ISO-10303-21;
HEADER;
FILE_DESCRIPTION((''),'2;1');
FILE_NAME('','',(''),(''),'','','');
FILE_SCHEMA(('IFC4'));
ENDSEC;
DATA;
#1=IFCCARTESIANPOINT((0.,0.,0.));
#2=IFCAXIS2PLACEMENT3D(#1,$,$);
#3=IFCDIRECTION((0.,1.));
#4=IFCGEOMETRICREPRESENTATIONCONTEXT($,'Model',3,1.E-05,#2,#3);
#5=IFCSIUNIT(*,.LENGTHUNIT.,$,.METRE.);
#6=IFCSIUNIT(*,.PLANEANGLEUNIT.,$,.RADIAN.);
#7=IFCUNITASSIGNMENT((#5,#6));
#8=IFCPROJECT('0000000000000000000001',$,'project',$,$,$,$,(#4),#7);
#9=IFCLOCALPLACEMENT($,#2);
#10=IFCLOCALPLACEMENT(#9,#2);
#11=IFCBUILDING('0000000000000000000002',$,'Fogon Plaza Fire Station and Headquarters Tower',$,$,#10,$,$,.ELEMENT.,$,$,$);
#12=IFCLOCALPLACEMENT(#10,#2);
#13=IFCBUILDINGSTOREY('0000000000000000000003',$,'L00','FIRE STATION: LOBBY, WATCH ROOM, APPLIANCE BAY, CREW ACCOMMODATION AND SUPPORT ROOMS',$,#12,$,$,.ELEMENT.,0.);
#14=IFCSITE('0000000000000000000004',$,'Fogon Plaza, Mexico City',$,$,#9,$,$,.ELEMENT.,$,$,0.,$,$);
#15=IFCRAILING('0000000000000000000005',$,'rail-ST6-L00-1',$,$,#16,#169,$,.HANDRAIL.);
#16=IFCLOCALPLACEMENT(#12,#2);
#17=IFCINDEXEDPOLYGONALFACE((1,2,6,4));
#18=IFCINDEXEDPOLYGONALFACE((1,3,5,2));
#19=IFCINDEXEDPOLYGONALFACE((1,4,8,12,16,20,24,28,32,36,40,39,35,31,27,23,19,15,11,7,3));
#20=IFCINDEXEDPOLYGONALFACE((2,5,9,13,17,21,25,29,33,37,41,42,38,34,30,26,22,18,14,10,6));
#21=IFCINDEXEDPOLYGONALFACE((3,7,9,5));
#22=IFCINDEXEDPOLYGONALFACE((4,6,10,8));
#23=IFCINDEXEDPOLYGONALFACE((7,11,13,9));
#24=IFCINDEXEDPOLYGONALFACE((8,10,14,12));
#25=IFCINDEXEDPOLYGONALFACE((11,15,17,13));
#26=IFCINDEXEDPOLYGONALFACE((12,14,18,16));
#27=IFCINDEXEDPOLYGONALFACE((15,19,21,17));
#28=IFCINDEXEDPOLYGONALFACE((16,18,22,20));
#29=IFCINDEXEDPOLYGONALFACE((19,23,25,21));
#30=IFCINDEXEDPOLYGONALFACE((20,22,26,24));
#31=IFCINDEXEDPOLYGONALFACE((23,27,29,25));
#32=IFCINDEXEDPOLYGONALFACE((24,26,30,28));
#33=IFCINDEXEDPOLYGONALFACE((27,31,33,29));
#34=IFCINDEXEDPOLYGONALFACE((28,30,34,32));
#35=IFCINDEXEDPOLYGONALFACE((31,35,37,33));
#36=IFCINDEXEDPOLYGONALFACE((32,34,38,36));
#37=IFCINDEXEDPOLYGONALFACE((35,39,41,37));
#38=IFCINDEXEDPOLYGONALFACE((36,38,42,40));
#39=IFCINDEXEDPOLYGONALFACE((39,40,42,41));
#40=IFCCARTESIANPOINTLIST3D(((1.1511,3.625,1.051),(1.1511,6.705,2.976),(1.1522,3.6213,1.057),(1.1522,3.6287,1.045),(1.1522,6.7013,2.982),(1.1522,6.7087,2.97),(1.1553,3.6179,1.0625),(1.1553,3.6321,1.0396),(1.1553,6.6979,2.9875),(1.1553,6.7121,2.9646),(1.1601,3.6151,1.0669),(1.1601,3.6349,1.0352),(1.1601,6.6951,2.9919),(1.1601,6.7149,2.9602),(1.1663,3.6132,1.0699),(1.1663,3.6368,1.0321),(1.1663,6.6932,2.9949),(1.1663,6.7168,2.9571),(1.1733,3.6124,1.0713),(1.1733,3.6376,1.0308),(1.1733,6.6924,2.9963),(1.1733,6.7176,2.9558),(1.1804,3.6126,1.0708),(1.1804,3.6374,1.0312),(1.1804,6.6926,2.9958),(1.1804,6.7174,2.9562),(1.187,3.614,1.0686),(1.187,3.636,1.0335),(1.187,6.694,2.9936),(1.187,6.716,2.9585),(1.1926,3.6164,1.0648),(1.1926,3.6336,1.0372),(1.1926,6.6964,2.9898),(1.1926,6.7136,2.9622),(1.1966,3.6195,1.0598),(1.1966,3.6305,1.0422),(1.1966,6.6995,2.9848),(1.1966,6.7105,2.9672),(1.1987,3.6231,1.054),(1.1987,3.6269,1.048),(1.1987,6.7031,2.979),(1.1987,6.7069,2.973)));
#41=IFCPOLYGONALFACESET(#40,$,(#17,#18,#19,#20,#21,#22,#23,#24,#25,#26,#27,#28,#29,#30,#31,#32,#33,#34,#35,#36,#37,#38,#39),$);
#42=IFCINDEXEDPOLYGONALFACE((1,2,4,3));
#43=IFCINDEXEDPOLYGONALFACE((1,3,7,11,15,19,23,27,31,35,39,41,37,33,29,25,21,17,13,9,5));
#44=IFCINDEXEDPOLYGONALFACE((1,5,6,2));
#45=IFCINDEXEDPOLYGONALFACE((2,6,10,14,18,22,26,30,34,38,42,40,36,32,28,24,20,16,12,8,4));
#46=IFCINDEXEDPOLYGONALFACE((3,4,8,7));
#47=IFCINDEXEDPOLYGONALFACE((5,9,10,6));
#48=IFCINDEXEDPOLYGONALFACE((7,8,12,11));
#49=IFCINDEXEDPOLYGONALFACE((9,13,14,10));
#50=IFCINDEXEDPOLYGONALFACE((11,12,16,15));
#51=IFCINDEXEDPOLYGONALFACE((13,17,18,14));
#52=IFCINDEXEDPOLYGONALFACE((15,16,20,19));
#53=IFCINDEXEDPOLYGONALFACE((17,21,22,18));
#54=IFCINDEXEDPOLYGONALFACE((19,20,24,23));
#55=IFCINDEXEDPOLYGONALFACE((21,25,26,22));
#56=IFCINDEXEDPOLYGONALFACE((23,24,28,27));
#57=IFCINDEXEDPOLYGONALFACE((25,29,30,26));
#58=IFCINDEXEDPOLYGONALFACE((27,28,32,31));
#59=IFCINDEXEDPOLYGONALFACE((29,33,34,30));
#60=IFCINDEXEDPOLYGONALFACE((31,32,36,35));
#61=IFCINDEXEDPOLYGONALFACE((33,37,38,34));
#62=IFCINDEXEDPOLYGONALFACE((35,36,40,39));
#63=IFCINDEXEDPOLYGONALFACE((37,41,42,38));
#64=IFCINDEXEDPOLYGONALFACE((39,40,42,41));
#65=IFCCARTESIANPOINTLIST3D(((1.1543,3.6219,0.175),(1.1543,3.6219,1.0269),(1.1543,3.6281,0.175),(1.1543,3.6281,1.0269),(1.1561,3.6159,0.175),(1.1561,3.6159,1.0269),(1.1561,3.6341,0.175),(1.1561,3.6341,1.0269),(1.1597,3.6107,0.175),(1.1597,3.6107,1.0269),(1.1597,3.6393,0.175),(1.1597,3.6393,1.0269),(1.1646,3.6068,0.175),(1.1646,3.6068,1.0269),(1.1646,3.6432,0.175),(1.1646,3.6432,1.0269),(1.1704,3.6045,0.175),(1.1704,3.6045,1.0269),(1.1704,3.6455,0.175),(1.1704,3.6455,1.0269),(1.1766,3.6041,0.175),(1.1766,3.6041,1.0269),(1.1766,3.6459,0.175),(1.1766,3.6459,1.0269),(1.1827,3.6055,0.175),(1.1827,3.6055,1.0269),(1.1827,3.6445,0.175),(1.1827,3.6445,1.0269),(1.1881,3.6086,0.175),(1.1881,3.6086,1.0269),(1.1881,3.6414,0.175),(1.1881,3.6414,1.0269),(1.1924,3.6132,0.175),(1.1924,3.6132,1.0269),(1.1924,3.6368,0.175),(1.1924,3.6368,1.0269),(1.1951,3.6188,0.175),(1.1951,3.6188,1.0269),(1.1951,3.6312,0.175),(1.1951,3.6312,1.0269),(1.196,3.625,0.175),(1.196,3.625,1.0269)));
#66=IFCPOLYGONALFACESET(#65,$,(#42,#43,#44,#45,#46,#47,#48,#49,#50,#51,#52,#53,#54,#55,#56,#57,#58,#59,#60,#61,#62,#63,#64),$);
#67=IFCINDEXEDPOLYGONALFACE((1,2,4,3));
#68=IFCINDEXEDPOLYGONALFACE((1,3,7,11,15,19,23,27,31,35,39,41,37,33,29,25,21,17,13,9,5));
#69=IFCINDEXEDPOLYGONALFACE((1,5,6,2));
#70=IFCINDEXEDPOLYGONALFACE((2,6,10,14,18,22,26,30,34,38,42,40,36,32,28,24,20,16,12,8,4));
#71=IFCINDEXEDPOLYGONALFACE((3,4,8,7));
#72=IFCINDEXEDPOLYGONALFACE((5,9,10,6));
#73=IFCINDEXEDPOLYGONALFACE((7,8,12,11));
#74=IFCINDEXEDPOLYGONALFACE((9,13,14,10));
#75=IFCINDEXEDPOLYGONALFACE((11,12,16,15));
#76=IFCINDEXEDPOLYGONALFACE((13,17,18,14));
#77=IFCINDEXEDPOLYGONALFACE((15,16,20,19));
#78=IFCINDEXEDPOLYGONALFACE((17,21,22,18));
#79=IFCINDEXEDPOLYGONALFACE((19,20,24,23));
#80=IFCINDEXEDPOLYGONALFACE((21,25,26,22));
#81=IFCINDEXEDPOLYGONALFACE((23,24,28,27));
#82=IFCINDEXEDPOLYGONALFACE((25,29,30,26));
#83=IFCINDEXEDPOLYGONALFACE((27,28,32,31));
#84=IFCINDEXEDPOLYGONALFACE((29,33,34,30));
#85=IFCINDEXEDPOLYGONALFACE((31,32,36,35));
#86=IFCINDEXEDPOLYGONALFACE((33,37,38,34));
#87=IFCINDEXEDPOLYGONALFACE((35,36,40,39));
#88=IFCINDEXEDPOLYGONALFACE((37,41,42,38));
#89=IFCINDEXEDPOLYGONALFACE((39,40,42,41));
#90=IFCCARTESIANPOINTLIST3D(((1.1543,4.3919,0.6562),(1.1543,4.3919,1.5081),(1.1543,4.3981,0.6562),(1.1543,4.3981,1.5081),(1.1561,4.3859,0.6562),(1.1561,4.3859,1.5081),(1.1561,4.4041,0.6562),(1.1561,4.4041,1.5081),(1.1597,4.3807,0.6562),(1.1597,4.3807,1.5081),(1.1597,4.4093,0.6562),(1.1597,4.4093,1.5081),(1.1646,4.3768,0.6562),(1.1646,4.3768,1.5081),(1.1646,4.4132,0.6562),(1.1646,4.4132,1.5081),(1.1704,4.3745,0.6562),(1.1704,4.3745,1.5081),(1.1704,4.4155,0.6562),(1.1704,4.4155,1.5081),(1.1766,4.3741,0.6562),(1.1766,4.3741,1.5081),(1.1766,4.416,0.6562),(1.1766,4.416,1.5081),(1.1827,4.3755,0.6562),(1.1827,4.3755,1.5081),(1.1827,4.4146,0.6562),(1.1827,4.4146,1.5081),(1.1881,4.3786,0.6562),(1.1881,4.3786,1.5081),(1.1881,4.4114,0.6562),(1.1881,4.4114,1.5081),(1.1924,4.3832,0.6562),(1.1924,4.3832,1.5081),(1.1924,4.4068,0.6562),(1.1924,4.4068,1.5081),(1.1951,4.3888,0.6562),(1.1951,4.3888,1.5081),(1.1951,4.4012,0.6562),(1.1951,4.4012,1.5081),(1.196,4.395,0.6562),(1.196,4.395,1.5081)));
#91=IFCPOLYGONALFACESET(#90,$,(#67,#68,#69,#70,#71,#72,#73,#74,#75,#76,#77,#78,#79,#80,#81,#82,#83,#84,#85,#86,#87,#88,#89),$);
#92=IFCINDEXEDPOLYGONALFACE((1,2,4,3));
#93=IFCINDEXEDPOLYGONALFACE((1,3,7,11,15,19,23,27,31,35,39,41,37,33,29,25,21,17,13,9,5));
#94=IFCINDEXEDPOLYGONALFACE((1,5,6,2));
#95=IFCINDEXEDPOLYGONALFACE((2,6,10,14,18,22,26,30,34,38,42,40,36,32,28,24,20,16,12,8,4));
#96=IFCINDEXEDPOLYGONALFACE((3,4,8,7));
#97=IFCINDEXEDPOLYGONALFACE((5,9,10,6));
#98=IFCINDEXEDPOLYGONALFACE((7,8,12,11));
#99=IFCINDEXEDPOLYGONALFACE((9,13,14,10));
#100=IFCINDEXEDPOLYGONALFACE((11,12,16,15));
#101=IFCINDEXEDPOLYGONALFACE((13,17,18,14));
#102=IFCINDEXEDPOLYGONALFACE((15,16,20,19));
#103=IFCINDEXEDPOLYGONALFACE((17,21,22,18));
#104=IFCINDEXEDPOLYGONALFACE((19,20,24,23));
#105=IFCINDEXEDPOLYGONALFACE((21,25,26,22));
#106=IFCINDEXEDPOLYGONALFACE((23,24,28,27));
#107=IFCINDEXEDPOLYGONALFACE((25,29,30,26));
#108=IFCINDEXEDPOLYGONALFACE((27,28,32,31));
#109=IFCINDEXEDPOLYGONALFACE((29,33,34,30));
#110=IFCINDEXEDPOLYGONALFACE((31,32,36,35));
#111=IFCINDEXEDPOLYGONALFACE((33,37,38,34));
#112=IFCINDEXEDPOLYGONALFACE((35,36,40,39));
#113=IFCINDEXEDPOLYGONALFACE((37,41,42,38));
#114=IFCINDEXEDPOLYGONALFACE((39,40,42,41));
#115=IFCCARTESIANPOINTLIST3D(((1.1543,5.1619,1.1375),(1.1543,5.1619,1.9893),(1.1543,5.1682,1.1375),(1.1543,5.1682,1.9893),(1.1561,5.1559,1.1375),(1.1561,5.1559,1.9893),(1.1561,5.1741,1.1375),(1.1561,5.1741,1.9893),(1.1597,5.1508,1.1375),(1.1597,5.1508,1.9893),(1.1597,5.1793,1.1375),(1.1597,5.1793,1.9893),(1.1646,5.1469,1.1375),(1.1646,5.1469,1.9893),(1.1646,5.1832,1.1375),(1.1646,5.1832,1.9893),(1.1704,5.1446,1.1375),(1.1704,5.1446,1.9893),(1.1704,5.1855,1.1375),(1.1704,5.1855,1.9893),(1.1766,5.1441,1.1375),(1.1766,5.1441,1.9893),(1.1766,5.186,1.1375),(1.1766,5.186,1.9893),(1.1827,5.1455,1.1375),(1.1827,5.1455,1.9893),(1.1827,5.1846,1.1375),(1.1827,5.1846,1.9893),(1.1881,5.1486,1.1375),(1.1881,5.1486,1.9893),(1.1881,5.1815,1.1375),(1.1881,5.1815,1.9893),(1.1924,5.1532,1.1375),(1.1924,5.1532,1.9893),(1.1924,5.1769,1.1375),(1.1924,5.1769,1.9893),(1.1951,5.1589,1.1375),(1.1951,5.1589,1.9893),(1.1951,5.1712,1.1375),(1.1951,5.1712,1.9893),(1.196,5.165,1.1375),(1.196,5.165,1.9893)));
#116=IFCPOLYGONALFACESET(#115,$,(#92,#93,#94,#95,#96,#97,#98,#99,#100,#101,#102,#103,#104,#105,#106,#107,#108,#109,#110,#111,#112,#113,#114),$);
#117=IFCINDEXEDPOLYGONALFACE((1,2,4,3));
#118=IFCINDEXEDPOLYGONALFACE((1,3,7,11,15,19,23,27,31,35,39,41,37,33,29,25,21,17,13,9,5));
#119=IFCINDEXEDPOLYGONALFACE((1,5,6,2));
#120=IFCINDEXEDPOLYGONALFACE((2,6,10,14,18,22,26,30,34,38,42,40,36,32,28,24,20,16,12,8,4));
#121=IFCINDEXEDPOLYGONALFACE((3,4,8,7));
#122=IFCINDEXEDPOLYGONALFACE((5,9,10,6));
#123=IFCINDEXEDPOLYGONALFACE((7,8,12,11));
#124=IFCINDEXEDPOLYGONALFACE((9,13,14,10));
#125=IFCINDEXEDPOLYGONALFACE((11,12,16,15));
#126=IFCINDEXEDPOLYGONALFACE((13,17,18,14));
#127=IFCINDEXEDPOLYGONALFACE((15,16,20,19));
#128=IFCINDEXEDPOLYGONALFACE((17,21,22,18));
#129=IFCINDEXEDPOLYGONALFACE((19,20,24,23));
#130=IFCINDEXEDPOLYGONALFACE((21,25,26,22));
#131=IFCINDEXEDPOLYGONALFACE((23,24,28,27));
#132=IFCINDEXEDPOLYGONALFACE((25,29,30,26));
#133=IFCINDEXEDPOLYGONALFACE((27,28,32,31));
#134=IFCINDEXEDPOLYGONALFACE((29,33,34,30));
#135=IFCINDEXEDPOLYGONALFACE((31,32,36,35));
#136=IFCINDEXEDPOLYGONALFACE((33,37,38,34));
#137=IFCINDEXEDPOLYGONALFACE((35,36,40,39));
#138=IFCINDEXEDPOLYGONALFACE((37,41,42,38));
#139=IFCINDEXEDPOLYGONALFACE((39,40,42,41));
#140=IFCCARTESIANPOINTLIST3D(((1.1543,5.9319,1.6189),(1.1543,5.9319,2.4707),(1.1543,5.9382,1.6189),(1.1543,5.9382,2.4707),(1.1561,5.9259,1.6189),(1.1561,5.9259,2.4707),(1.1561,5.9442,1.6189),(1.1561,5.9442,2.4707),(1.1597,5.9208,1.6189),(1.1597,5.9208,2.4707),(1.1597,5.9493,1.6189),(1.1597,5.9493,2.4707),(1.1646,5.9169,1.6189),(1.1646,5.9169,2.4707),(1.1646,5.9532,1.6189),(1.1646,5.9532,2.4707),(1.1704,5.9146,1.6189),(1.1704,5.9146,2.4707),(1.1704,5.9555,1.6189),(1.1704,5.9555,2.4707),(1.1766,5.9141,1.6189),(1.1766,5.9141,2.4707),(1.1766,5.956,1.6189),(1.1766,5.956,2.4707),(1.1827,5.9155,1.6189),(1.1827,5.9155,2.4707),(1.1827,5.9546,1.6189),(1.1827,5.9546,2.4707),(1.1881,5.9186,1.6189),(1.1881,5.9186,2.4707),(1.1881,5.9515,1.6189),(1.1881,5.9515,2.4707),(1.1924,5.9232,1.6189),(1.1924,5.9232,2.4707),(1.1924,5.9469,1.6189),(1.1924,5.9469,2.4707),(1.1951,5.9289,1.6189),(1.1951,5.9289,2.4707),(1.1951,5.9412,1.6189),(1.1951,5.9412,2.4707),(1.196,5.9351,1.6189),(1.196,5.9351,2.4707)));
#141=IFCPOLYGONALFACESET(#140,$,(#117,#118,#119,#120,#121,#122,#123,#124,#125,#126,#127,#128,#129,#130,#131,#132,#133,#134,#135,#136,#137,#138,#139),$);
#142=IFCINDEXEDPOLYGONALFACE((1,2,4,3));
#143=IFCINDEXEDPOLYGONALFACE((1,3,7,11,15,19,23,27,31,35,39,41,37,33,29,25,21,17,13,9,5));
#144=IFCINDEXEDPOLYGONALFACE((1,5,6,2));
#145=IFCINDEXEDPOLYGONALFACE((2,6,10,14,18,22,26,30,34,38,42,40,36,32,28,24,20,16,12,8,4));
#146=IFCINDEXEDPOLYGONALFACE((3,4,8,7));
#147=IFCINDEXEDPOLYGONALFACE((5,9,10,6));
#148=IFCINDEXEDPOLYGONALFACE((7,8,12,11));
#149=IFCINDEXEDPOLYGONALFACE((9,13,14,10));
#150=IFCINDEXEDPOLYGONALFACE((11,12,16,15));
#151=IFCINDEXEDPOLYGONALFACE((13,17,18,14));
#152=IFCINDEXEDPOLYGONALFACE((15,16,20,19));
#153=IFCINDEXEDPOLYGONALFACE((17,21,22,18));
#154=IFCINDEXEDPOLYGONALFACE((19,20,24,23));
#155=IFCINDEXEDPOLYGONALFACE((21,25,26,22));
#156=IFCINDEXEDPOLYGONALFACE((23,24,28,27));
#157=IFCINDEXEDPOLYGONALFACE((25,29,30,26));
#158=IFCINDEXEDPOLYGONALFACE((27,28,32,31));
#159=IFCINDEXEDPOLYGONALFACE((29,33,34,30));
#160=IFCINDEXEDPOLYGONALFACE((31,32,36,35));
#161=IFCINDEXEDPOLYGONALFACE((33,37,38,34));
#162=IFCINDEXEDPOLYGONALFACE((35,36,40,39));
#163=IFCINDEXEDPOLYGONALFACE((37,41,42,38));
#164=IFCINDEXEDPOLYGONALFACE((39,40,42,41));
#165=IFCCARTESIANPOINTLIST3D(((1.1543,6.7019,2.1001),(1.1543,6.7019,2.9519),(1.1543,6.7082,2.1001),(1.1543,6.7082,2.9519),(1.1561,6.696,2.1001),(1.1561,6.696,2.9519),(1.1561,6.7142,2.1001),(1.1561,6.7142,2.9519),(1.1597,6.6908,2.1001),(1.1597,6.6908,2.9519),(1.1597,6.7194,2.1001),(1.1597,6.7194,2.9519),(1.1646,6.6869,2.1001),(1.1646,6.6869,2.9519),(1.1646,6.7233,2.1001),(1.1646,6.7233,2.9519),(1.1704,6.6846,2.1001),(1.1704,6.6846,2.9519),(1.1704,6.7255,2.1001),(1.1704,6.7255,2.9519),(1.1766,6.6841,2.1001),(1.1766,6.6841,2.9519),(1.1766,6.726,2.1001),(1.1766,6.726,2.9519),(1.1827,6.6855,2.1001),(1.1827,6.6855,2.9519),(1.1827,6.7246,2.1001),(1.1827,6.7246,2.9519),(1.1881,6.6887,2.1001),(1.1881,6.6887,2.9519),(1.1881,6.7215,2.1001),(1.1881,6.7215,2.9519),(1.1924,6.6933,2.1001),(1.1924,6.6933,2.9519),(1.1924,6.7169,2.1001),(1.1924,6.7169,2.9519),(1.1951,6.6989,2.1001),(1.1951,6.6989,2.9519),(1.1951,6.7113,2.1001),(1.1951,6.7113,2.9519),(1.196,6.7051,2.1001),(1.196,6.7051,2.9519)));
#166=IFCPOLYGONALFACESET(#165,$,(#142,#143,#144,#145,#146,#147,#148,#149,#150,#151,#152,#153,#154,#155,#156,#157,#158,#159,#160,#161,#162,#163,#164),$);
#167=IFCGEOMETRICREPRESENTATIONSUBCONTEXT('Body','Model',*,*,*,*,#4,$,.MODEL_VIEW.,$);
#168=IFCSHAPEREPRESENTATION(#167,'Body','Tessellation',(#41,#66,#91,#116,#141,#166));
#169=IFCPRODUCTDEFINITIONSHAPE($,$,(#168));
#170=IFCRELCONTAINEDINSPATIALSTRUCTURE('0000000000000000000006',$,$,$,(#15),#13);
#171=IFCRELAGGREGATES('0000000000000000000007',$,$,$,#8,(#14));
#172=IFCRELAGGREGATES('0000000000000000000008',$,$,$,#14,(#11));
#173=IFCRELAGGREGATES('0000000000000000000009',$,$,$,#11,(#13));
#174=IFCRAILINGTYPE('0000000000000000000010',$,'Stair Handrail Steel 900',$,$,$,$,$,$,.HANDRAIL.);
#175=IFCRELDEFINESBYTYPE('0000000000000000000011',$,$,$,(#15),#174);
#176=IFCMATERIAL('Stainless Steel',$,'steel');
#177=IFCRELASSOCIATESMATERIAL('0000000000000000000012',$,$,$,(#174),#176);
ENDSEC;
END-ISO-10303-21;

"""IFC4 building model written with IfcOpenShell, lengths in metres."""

from ifc_helpers import new_model, si_unit, direction, frame, origin, origin_2d, place, context, subcontext, project, spatial, circle, extrude, material, type_object, element, save


model = new_model("IFC4")

# Units and contexts
model_context = context("Model", 3, precision=1e-05, world=origin(), true_north=direction((0.0, 1.0)))
body_context = subcontext(model_context, "Body", "Model", "MODEL_VIEW")
ifc_project = project(units=[si_unit("LENGTHUNIT", "METRE"), si_unit("PLANEANGLEUNIT", "RADIAN")], contexts=[model_context])

# Site, building, storey
site_placement = place(None, origin())
site = spatial("IfcSite", under=ifc_project, at=site_placement, Name="Fogon Plaza, Mexico City", CompositionType="ELEMENT", RefElevation=0.0)
building_placement = place(site_placement, origin())
building = spatial("IfcBuilding", under=site, at=building_placement, Name="Fogon Plaza Fire Station and Headquarters Tower", CompositionType="ELEMENT")
storey_placement = place(building_placement, origin())
storey = spatial("IfcBuildingStorey", under=building, at=storey_placement, Name="L00", Description="FIRE STATION: LOBBY, WATCH ROOM, APPLIANCE BAY, CREW ACCOMMODATION AND SUPPORT ROOMS", CompositionType="ELEMENT", Elevation=0.0)

# Railing
ifc_material_1 = material(Name="Stainless Steel", Category="steel")
railing_type_1 = type_object("IfcRailingType", Name="Stair Handrail Steel 900", PredefinedType="HANDRAIL", material=ifc_material_1)
for number, where, name in (
    (1, (1.175, 3.625, 0.175), "rail-ST6-L00-1"),
):
    element("IfcRailing", number, at=place(storey_placement, frame(where)), inside=storey, type_object=railing_type_1, Name=name, PredefinedType="HANDRAIL", context=body_context, shape_type="SweptSolid", body=[
        extrude(circle(Radius=0.0239, at=origin_2d()), frame((0.0, 0.0, 0.876), z_axis=(0.0, 0.847998, 0.529999), x_axis=(-1.0, 0.0, 0.0)), (0.0, 0.0, 1.0), 3.6321),
        extrude(circle(Radius=0.021, at=origin_2d()), origin(), (0.0, 0.0, 1.0), 0.8518),
        extrude(circle(Radius=0.021, at=origin_2d()), frame((0.0, 0.77, 0.4812)), (0.0, 0.0, 1.0), 0.8518),
        extrude(circle(Radius=0.021, at=origin_2d()), frame((0.0, 1.54, 0.9624)), (0.0, 0.0, 1.0), 0.8518),
        extrude(circle(Radius=0.021, at=origin_2d()), frame((0.0, 2.3101, 1.4438)), (0.0, 0.0, 1.0), 0.8518),
        extrude(circle(Radius=0.021, at=origin_2d()), frame((0.0, 3.0801, 1.925)), (0.0, 0.0, 1.0), 0.8518),
    ])

save(model, "model.ifc")
